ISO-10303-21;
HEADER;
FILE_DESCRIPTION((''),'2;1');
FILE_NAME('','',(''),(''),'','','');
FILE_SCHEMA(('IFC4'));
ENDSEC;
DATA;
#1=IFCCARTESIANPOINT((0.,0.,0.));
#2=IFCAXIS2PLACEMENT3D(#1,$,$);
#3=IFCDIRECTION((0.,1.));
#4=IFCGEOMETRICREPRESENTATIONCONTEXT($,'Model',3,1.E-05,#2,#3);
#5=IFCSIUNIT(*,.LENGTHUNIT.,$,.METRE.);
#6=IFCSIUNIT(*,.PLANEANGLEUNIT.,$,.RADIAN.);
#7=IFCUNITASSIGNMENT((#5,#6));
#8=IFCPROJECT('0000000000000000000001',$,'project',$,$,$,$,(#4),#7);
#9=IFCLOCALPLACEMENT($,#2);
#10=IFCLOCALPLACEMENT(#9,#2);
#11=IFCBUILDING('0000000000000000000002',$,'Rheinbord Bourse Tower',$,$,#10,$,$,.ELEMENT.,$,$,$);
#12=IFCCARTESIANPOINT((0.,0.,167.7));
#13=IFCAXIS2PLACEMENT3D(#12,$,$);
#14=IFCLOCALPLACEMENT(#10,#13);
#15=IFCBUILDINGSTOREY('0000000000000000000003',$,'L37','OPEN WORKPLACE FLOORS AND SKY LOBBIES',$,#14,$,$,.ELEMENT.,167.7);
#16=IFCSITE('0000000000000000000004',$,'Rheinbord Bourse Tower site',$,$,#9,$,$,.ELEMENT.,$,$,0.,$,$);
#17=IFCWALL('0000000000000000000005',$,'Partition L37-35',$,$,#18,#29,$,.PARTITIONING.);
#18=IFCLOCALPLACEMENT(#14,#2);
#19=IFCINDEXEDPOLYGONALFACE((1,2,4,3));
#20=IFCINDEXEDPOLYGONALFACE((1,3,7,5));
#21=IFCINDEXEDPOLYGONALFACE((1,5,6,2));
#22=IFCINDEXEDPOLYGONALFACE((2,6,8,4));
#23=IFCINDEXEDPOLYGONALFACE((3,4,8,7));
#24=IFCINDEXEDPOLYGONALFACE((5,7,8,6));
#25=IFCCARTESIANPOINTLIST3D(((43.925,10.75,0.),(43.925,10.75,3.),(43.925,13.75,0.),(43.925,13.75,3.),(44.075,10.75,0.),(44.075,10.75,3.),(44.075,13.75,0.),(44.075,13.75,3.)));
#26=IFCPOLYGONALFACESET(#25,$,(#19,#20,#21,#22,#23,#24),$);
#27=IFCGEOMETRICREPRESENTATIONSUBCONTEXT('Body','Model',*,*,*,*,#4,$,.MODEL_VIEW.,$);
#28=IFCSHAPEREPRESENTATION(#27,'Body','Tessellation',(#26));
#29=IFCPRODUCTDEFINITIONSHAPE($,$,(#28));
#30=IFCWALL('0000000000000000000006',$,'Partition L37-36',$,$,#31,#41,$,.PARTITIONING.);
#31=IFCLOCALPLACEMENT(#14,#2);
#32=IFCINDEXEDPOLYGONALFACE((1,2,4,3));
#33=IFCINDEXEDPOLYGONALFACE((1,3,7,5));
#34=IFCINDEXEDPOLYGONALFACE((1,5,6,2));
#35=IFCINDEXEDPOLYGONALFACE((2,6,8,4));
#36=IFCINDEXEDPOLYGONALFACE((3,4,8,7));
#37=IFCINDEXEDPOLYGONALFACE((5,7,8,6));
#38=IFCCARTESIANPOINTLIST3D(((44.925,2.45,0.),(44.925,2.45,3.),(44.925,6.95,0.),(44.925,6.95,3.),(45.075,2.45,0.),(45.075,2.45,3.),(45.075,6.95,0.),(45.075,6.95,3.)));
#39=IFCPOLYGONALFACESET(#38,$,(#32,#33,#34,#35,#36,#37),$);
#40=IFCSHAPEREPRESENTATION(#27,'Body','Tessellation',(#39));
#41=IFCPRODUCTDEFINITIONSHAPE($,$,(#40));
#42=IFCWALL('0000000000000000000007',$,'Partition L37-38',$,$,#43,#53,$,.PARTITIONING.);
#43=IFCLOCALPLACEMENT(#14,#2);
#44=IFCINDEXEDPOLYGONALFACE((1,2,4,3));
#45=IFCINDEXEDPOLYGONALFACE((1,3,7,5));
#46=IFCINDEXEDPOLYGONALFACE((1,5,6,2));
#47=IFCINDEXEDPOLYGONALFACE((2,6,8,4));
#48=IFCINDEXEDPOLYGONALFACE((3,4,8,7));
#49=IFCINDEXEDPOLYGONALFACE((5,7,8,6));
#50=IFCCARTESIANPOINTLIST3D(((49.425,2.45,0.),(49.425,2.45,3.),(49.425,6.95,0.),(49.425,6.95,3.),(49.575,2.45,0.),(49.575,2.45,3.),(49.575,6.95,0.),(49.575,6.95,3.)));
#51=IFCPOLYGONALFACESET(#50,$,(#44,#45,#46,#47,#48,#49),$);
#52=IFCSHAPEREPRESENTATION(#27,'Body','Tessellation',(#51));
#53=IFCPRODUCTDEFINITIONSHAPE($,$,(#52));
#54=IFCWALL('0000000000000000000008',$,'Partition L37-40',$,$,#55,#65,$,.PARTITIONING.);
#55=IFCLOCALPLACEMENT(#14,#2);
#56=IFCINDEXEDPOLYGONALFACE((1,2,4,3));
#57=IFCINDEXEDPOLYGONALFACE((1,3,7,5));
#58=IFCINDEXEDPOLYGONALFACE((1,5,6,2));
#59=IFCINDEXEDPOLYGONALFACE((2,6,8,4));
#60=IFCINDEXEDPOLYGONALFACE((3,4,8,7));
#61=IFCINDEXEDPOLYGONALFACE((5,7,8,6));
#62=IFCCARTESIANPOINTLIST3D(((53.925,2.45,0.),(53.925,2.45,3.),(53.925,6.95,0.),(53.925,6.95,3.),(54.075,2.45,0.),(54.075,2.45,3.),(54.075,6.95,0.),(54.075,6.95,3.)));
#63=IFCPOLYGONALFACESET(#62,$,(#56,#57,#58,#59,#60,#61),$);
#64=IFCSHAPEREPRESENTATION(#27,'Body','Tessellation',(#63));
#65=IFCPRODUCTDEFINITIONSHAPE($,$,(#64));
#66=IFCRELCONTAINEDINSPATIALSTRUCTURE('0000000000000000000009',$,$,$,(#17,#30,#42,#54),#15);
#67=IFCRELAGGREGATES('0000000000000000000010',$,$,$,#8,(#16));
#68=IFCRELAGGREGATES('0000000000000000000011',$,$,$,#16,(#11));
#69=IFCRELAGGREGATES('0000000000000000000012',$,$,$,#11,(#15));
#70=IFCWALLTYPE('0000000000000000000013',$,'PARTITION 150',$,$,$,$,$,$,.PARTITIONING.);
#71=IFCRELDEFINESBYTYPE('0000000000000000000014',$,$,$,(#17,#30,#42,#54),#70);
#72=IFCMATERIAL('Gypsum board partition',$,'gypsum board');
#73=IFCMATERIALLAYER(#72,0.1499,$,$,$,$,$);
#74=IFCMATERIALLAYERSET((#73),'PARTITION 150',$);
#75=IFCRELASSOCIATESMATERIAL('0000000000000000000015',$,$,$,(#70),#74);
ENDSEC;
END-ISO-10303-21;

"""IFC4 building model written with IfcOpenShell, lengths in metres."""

from ifc_helpers import new_model, si_unit, direction, frame, frame_2d, origin, place, context, subcontext, project, spatial, rectangle, extrude, material, layer, layer_set, type_object, element, save


model = new_model("IFC4")

# Units and contexts
model_context = context("Model", 3, precision=1e-05, world=origin(), true_north=direction((0.0, 1.0)))
body_context = subcontext(model_context, "Body", "Model", "MODEL_VIEW")
ifc_project = project(units=[si_unit("LENGTHUNIT", "METRE"), si_unit("PLANEANGLEUNIT", "RADIAN")], contexts=[model_context])

# Site, building, storey
site_placement = place(None, origin())
site = spatial("IfcSite", under=ifc_project, at=site_placement, Name="Rheinbord Bourse Tower site", CompositionType="ELEMENT", RefElevation=0.0)
building_placement = place(site_placement, origin())
building = spatial("IfcBuilding", under=site, at=building_placement, Name="Rheinbord Bourse Tower", CompositionType="ELEMENT")
storey_placement = place(building_placement, frame((0.0, 0.0, 167.7)))
storey = spatial("IfcBuildingStorey", under=building, at=storey_placement, Name="L37", Description="OPEN WORKPLACE FLOORS AND SKY LOBBIES", CompositionType="ELEMENT", Elevation=167.7)

# Shared definitions
ifc_material_1 = material(Name="Gypsum board partition", Category="gypsum board")
ifc_layer_1 = layer(ifc_material_1, 0.1499)
ifc_layer_set_1 = layer_set([ifc_layer_1], Name="PARTITION 150")
wall_type_1 = type_object("IfcWallType", Name="PARTITION 150", PredefinedType="PARTITIONING", material=ifc_layer_set_1)

# Walls
for number, where, z_axis, x_axis, name in (
    (1, (44.0, 10.75, 0.0), (0.0, 0.0, 1.0), (0.0, 1.0, 0.0), "Partition L37-35"),
):
    element("IfcWall", number, at=place(storey_placement, frame(where, z_axis=z_axis, x_axis=x_axis)), inside=storey, type_object=wall_type_1, Name=name, PredefinedType="PARTITIONING", context=body_context, shape_type="SweptSolid", body=[
        extrude(rectangle(XDim=3.0, YDim=0.1499, at=frame_2d((1.5, 0.0))), origin(), (0.0, 0.0, 1.0), 3.0),
    ])
for number, where, z_axis, x_axis, name in (
    (2, (45.0, 2.45, 0.0), (0.0, 0.0, 1.0), (0.0, 1.0, 0.0), "Partition L37-36"),
    (3, (49.5, 2.45, 0.0), (0.0, 0.0, 1.0), (0.0, 1.0, 0.0), "Partition L37-38"),
    (4, (54.0, 2.45, 0.0), (0.0, 0.0, 1.0), (0.0, 1.0, 0.0), "Partition L37-40"),
):
    element("IfcWall", number, at=place(storey_placement, frame(where, z_axis=z_axis, x_axis=x_axis)), inside=storey, type_object=wall_type_1, Name=name, PredefinedType="PARTITIONING", context=body_context, shape_type="SweptSolid", body=[
        extrude(rectangle(XDim=4.5, YDim=0.1499, at=frame_2d((2.25, 0.0))), origin(), (0.0, 0.0, 1.0), 3.0),
    ])

save(model, "model.ifc")
